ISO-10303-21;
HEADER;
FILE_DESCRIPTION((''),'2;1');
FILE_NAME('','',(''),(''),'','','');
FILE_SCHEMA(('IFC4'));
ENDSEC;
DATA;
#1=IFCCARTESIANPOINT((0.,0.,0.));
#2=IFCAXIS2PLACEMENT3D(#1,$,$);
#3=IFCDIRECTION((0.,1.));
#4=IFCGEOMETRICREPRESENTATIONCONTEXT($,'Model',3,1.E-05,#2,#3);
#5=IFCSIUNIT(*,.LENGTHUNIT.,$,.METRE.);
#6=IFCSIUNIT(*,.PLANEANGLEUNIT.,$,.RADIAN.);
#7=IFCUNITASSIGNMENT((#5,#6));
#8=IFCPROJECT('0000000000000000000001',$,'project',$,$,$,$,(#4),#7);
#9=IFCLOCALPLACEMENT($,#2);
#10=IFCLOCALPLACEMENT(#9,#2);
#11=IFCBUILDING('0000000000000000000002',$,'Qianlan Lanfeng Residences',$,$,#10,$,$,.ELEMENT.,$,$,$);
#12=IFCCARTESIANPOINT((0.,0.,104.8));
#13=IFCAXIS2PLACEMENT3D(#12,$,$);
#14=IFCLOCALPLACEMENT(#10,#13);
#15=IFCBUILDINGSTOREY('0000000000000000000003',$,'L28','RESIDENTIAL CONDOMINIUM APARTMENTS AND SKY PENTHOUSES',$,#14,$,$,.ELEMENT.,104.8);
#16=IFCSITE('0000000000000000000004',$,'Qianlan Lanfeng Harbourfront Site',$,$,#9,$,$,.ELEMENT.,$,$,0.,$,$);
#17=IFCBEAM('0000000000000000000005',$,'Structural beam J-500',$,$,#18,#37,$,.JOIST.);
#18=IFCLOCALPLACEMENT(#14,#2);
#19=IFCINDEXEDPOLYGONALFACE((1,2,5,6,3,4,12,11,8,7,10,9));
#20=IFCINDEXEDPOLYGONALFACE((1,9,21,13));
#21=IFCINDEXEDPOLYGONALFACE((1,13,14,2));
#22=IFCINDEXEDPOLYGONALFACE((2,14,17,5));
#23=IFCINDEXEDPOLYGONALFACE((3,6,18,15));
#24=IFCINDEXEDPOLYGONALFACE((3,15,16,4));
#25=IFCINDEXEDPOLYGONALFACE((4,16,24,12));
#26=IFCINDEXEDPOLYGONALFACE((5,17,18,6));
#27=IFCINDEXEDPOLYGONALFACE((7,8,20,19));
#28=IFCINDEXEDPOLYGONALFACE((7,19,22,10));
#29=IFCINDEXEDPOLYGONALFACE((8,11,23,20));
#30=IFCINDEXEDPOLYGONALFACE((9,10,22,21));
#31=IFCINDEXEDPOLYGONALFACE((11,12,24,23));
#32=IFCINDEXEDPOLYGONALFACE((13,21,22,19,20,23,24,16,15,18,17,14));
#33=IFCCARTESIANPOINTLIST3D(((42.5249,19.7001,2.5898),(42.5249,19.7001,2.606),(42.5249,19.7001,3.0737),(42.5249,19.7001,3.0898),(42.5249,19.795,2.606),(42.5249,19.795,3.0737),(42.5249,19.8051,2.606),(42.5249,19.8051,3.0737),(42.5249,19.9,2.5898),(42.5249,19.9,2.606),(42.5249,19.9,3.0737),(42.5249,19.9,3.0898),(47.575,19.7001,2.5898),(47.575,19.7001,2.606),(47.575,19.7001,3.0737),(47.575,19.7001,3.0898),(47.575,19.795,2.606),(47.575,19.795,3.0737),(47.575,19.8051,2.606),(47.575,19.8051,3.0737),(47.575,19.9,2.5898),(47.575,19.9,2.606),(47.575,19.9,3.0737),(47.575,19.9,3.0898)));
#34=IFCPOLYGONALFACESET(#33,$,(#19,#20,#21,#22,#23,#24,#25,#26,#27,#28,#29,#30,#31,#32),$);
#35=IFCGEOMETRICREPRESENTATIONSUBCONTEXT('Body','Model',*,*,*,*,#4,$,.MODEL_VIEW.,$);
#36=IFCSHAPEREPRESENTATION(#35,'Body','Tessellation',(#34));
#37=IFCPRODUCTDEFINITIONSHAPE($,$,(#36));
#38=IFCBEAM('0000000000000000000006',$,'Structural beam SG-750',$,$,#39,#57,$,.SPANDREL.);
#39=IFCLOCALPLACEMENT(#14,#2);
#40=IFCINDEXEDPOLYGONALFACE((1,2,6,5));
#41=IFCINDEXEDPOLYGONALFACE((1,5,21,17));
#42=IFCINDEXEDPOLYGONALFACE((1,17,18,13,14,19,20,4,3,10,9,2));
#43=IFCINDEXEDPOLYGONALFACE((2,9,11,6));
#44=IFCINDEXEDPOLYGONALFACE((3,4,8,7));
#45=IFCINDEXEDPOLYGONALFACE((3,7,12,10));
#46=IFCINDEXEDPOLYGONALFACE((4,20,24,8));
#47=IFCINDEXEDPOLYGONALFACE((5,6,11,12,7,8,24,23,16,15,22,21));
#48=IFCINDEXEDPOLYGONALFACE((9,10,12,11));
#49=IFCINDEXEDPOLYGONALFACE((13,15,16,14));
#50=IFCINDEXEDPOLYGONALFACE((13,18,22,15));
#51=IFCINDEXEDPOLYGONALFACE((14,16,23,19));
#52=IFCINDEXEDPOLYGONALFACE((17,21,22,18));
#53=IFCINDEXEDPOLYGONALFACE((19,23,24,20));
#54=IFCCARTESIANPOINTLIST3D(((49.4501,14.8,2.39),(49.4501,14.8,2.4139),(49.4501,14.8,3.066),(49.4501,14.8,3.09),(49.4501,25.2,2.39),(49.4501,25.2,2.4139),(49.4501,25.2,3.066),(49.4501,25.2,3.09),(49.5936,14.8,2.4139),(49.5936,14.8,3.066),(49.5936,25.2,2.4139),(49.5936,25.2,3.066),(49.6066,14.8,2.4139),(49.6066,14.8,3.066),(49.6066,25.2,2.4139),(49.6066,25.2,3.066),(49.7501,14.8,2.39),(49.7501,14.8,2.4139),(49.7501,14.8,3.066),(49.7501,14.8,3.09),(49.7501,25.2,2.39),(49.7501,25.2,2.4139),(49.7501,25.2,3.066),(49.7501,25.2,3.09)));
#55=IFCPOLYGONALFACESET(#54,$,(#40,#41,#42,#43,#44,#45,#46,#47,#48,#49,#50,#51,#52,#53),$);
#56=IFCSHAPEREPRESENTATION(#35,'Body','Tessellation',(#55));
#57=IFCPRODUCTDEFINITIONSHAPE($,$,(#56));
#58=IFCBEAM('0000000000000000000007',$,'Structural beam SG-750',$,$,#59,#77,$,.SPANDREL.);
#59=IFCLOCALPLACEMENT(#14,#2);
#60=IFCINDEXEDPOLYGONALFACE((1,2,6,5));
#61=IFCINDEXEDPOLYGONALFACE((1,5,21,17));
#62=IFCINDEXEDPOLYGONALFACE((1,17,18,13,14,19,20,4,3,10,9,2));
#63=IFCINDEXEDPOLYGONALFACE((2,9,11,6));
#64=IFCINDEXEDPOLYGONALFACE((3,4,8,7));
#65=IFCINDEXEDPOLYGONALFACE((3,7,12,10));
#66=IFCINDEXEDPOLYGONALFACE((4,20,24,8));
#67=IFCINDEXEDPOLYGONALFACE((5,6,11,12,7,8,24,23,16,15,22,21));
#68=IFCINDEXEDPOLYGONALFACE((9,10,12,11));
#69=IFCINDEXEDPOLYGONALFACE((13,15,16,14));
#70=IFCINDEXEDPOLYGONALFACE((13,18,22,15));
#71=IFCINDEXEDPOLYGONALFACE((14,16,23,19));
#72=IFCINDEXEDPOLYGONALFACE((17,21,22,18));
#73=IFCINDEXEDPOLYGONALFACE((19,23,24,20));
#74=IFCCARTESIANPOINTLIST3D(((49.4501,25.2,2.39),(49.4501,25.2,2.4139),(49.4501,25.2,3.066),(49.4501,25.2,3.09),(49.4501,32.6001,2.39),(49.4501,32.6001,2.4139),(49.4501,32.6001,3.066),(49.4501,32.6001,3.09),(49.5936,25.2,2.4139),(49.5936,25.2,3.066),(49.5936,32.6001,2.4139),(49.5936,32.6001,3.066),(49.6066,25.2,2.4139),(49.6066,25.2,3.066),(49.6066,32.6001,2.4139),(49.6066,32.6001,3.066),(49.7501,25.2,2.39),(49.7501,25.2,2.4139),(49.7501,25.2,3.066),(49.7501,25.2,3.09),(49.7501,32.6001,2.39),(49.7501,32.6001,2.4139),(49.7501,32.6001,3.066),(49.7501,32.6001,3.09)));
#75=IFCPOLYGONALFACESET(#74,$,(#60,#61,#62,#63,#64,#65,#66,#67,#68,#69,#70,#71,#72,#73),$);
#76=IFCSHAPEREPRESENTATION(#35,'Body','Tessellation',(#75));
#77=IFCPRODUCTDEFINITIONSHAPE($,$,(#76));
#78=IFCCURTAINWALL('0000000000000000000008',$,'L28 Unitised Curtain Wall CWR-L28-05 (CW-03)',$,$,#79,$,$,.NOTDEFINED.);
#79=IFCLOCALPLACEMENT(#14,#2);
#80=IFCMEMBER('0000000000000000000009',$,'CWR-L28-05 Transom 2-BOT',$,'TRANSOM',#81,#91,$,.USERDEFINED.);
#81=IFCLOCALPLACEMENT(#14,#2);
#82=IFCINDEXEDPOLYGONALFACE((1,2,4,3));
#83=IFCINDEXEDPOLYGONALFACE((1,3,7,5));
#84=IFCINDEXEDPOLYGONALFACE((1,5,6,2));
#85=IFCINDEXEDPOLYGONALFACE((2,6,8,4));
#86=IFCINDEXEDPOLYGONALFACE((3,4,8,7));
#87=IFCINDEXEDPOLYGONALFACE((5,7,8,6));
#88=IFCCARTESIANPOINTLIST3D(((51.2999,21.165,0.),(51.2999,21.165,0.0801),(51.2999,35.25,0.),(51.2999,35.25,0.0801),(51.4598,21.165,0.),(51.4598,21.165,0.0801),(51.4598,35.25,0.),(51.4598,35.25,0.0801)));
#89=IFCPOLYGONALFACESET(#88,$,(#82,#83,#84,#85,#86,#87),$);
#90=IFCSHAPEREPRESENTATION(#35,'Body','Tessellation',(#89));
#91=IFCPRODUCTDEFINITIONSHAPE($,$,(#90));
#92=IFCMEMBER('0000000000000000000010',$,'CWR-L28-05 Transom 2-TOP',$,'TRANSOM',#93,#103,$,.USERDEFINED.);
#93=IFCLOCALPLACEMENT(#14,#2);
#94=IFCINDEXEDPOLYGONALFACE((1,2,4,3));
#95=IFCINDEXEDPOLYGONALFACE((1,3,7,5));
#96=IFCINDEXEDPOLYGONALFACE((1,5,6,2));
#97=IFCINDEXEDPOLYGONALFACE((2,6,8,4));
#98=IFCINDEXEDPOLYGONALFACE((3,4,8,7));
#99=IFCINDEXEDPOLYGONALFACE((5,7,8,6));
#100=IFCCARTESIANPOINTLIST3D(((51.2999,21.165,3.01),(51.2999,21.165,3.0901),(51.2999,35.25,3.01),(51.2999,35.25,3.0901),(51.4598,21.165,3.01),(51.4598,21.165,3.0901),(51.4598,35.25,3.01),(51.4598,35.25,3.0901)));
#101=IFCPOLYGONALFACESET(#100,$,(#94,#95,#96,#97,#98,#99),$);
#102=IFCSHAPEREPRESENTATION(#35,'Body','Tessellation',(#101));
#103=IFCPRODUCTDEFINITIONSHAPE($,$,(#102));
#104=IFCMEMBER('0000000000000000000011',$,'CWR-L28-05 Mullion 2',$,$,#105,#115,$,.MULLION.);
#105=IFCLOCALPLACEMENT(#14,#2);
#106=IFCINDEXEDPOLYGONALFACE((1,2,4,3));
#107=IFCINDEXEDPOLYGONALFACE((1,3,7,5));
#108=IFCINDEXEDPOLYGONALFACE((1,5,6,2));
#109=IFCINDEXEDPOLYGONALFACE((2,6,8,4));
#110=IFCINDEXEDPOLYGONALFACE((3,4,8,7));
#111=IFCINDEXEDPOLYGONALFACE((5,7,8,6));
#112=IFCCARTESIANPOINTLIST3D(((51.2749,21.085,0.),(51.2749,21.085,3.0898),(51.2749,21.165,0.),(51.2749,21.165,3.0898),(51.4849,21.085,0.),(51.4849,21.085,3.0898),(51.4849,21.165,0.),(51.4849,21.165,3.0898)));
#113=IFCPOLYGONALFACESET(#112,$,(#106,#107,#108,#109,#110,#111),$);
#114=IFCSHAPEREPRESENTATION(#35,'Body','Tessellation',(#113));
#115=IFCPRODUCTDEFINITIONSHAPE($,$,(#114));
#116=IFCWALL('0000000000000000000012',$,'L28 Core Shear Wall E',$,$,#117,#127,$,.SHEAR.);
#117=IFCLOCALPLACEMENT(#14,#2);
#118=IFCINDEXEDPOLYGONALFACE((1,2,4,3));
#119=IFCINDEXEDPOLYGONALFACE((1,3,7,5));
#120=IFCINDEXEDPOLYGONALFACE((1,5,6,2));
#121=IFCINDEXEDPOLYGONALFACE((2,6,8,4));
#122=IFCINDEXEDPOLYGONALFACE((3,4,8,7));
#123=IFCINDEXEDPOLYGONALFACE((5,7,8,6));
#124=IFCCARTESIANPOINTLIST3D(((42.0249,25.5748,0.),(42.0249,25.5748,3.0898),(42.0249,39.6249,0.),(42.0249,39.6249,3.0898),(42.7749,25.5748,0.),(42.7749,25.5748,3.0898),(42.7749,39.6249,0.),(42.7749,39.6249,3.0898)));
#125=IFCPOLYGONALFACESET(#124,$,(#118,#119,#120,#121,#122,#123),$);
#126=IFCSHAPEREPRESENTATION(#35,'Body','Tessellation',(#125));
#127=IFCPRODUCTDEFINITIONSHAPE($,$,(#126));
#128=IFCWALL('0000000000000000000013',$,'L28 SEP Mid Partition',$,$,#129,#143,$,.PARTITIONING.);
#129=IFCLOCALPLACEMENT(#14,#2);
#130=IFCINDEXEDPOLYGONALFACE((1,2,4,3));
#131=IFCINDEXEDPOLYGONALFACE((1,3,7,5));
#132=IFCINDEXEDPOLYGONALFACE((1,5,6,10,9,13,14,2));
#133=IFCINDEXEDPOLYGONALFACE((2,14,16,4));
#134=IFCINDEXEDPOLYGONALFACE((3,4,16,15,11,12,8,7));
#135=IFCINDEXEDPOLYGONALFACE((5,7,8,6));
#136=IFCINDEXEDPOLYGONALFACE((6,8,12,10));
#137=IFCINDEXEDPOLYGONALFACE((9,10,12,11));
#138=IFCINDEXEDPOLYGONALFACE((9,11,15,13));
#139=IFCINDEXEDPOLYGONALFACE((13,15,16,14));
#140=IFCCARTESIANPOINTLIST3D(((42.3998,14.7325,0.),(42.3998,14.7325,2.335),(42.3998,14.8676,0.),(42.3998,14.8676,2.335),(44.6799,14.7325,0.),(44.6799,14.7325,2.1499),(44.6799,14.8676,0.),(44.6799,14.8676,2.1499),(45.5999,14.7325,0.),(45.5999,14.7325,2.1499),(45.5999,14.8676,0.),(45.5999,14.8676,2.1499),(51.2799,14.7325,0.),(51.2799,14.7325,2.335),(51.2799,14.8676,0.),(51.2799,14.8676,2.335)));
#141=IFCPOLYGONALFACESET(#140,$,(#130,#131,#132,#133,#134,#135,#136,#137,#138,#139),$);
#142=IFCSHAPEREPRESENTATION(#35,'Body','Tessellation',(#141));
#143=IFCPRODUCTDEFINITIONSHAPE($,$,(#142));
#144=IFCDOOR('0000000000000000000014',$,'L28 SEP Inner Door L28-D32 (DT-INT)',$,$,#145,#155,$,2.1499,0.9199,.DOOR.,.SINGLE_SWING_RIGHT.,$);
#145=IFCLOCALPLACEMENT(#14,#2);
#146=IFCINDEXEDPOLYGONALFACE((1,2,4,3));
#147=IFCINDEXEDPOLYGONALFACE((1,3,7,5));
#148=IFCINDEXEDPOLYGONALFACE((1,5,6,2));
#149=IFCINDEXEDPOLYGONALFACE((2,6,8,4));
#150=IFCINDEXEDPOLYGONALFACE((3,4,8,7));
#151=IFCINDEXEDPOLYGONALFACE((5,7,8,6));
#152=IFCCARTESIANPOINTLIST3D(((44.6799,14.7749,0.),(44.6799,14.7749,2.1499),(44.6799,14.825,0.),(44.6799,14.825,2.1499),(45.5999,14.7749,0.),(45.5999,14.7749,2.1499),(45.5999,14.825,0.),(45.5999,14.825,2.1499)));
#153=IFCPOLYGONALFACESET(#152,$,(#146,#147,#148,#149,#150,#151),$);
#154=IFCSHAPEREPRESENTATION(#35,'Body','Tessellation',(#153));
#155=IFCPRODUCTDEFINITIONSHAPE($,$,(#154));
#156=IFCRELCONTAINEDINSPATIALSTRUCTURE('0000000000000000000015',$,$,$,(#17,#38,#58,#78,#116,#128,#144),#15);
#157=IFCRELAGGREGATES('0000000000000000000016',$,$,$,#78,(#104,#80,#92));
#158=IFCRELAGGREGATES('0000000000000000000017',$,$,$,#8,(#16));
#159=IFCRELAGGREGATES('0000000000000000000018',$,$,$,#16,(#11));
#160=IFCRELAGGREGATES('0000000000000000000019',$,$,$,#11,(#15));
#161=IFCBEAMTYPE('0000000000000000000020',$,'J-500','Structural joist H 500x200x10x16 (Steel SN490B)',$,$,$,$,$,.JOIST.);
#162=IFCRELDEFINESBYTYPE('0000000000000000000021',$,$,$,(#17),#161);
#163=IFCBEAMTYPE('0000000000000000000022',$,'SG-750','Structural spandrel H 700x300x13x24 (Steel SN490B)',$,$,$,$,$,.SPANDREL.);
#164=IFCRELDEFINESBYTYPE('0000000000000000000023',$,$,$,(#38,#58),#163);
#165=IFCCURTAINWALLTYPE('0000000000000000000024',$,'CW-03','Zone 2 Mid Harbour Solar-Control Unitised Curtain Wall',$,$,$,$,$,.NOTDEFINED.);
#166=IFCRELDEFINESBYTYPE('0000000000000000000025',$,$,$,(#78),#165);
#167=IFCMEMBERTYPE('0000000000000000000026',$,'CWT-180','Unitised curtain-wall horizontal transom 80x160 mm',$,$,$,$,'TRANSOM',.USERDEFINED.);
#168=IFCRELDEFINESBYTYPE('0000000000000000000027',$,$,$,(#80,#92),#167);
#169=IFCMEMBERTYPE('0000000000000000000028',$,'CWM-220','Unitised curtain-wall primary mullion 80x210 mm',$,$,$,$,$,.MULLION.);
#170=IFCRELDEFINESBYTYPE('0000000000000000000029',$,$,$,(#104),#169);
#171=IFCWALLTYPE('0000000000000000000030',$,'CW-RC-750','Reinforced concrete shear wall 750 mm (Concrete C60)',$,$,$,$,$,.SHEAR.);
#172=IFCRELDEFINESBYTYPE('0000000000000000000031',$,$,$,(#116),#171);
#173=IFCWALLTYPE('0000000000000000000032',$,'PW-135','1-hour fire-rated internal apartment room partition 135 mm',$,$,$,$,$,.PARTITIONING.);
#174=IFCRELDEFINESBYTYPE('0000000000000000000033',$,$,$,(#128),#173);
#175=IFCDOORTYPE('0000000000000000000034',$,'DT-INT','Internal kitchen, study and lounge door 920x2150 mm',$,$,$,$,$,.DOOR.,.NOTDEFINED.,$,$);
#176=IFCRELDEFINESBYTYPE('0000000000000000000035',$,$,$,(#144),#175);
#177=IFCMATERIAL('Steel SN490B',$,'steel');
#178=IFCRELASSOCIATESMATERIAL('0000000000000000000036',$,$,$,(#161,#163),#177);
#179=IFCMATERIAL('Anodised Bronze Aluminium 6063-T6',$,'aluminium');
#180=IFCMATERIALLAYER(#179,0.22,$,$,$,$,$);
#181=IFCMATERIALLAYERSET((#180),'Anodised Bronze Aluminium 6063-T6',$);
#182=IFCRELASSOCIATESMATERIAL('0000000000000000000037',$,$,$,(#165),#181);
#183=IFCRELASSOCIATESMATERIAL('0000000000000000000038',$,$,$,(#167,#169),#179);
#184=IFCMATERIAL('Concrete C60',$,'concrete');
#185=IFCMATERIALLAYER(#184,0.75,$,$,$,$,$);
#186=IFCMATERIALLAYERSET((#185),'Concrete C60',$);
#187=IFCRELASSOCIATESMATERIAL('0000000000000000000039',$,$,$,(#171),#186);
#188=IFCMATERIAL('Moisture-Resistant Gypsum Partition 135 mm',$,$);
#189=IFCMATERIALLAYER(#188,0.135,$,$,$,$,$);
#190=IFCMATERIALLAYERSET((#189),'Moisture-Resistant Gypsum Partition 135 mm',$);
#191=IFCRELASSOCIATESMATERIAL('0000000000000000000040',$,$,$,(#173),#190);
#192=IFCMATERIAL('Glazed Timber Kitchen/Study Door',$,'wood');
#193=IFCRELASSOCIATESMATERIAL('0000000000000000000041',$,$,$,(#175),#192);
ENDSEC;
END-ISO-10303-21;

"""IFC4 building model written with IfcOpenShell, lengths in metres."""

from ifc_helpers import new_model, si_unit, direction, frame, frame_2d, origin, origin_2d, place, context, subcontext, project, spatial, rectangle, i_section, extrude, source, transform, mapped, material, layer, layer_set, material_profile, profile_set, type_object, element, fill, aggregate, save


model = new_model("IFC4")

# Units and contexts
model_context = context("Model", 3, precision=1e-05, world=origin(), true_north=direction((0.0, 1.0)))
body_context = subcontext(model_context, "Body", "Model", "MODEL_VIEW")
ifc_project = project(units=[si_unit("LENGTHUNIT", "METRE"), si_unit("PLANEANGLEUNIT", "RADIAN")], contexts=[model_context])

# Site, building, storey
site_placement = place(None, origin())
site = spatial("IfcSite", under=ifc_project, at=site_placement, Name="Qianlan Lanfeng Harbourfront Site", CompositionType="ELEMENT", RefElevation=0.0)
building_placement = place(site_placement, origin())
building = spatial("IfcBuilding", under=site, at=building_placement, Name="Qianlan Lanfeng Residences", CompositionType="ELEMENT")
storey_placement = place(building_placement, frame((0.0, 0.0, 104.8)))
storey = spatial("IfcBuildingStorey", under=building, at=storey_placement, Name="L28", Description="RESIDENTIAL CONDOMINIUM APARTMENTS AND SKY PENTHOUSES", CompositionType="ELEMENT", Elevation=104.8)

# Shared definitions
ifc_material_1 = material(Name="Steel SN490B", Category="steel")

# Beams
ifc_material_profile_1 = material_profile(ifc_material_1, i_section(OverallWidth=0.2, OverallDepth=0.5, WebThickness=0.01, FlangeThickness=0.0161, at=origin_2d()), Name="H 500x200x10x16")
ifc_profile_set_1 = profile_set([ifc_material_profile_1], Name="Steel SN490B")
beam_type_1 = type_object("IfcBeamType", Name="J-500", Description="Structural joist H 500x200x10x16 (Steel SN490B)", PredefinedType="JOIST", material=ifc_profile_set_1)
beam_1_placement = place(storey_placement, frame((42.5249, 19.8, 2.8398), z_axis=(1.0, 0.0, 0.0), x_axis=(0.0, 1.0, 0.0)))
element("IfcBeam", 1, at=beam_1_placement, inside=storey, type_object=beam_type_1, Name="Structural beam J-500", PredefinedType="JOIST", context=body_context, shape_type="SweptSolid", body=[
    extrude(i_section(OverallWidth=0.2, OverallDepth=0.5, WebThickness=0.01, FlangeThickness=0.0161, at=origin_2d()), origin(), (0.0, 0.0, 1.0), 5.05),
])
ifc_material_profile_2 = material_profile(ifc_material_1, i_section(OverallWidth=0.3, OverallDepth=0.7, WebThickness=0.0129, FlangeThickness=0.0239, at=origin_2d()), Name="H 700x300x13x24")
ifc_profile_set_2 = profile_set([ifc_material_profile_2], Name="Steel SN490B")
beam_type_2 = type_object("IfcBeamType", Name="SG-750", Description="Structural spandrel H 700x300x13x24 (Steel SN490B)", PredefinedType="SPANDREL", material=ifc_profile_set_2)
beam_2_placement = place(storey_placement, frame((49.6001, 14.8, 2.74), z_axis=(0.0, 1.0, 0.0), x_axis=(-1.0, 0.0, 0.0)))
element("IfcBeam", 2, at=beam_2_placement, inside=storey, type_object=beam_type_2, Name="Structural beam SG-750", PredefinedType="SPANDREL", context=body_context, shape_type="SweptSolid", body=[
    extrude(i_section(OverallWidth=0.3, OverallDepth=0.7, WebThickness=0.0129, FlangeThickness=0.0239, at=origin_2d()), origin(), (0.0, 0.0, 1.0), 10.3999),
])
beam_3_placement = place(storey_placement, frame((49.6001, 25.2, 2.74), z_axis=(0.0, 1.0, 0.0), x_axis=(-1.0, 0.0, 0.0)))
element("IfcBeam", 3, at=beam_3_placement, inside=storey, type_object=beam_type_2, Name="Structural beam SG-750", PredefinedType="SPANDREL", context=body_context, shape_type="SweptSolid", body=[
    extrude(i_section(OverallWidth=0.3, OverallDepth=0.7, WebThickness=0.0129, FlangeThickness=0.0239, at=origin_2d()), origin(), (0.0, 0.0, 1.0), 7.4001),
])

# Curtain wall, members
ifc_material_2 = material(Name="Anodised Bronze Aluminium 6063-T6", Category="aluminium")
ifc_layer_1 = layer(ifc_material_2, 0.22)
ifc_layer_set_1 = layer_set([ifc_layer_1], Name="Anodised Bronze Aluminium 6063-T6")
curtain_wall_type = type_object("IfcCurtainWallType", Name="CW-03", Description="Zone 2 Mid Harbour Solar-Control Unitised Curtain Wall", PredefinedType="NOTDEFINED", material=ifc_layer_set_1)
curtain_wall_placement = place(storey_placement, origin())
curtain_wall = element("IfcCurtainWall", 4, at=curtain_wall_placement, inside=storey, type_object=curtain_wall_type, Name="L28 Unitised Curtain Wall CWR-L28-05 (CW-03)", PredefinedType="NOTDEFINED")
ifc_material_profile_3 = material_profile(ifc_material_2, rectangle(XDim=0.0801, YDim=0.1599, at=origin_2d()), Name="ALU TRANSOM 80x160")
ifc_profile_set_3 = profile_set([ifc_material_profile_3], Name="Anodised Bronze Aluminium 6063-T6")
member_type_1 = type_object("IfcMemberType", Name="CWT-180", Description="Unitised curtain-wall horizontal transom 80x160 mm", ElementType="TRANSOM", PredefinedType="USERDEFINED", material=ifc_profile_set_3)
shared_shape_1 = source(origin(), body_context, "Body", "SweptSolid", [
    extrude(rectangle(XDim=0.0801, YDim=0.1599, at=origin_2d()), origin(), (0.0, 0.0, 1.0), 14.085),
])
member_1_placement = place(storey_placement, frame((51.3799, 21.165, 0.04), z_axis=(0.0, 1.0, 0.0), x_axis=(0.0, 0.0, 1.0)))
member_1 = element("IfcMember", 5, at=member_1_placement, type_object=member_type_1, Name="CWR-L28-05 Transom 2-BOT", ObjectType="TRANSOM", PredefinedType="USERDEFINED", context=body_context, shape_type="MappedRepresentation", body=[
    mapped(shared_shape_1, transform((0.0, 0.0, 0.0), scale=1.0)),
])
member_2_placement = place(storey_placement, frame((51.3799, 21.165, 3.05), z_axis=(0.0, 1.0, 0.0), x_axis=(0.0, 0.0, 1.0)))
member_2 = element("IfcMember", 6, at=member_2_placement, type_object=member_type_1, Name="CWR-L28-05 Transom 2-TOP", ObjectType="TRANSOM", PredefinedType="USERDEFINED", context=body_context, shape_type="MappedRepresentation", body=[
    mapped(shared_shape_1, transform((0.0, 0.0, 0.0), scale=1.0)),
])
ifc_material_profile_4 = material_profile(ifc_material_2, rectangle(XDim=0.0801, YDim=0.21, at=origin_2d()), Name="ALU MULLION 80x210")
ifc_profile_set_4 = profile_set([ifc_material_profile_4], Name="Anodised Bronze Aluminium 6063-T6")
member_type_2 = type_object("IfcMemberType", Name="CWM-220", Description="Unitised curtain-wall primary mullion 80x210 mm", PredefinedType="MULLION", material=ifc_profile_set_4)
shared_shape_2 = source(origin(), body_context, "Body", "SweptSolid", [
    extrude(rectangle(XDim=0.0801, YDim=0.21, at=origin_2d()), origin(), (0.0, 0.0, 1.0), 3.0898),
])
member_3_placement = place(storey_placement, frame((51.3799, 21.125, 0.0), z_axis=(0.0, 0.0, 1.0), x_axis=(0.0, 1.0, 0.0)))
member_3 = element("IfcMember", 7, at=member_3_placement, type_object=member_type_2, Name="CWR-L28-05 Mullion 2", PredefinedType="MULLION", context=body_context, shape_type="MappedRepresentation", body=[
    mapped(shared_shape_2, transform((0.0, 0.0, 0.0), scale=1.0)),
])
aggregate(curtain_wall, [member_3, member_1, member_2])

# Wall
ifc_material_3 = material(Name="Concrete C60", Category="concrete")
ifc_layer_2 = layer(ifc_material_3, 0.75)
ifc_layer_set_2 = layer_set([ifc_layer_2], Name="Concrete C60")
wall_type_1 = type_object("IfcWallType", Name="CW-RC-750", Description="Reinforced concrete shear wall 750 mm (Concrete C60)", PredefinedType="SHEAR", material=ifc_layer_set_2)
wall_1_placement = place(storey_placement, frame((42.3999, 25.575, 0.0), z_axis=(0.0, 0.0, 1.0), x_axis=(0.0, 1.0, 0.0)))
element("IfcWall", 8, at=wall_1_placement, inside=storey, type_object=wall_type_1, Name="L28 Core Shear Wall E", PredefinedType="SHEAR", context=body_context, shape_type="SweptSolid", body=[
    extrude(rectangle(XDim=14.05, YDim=0.75, at=frame_2d((7.0249, 0.0))), origin(), (0.0, 0.0, 1.0), 3.0898),
])

# Wall, opening, door
ifc_material_4 = material(Name="Moisture-Resistant Gypsum Partition 135 mm")
ifc_layer_3 = layer(ifc_material_4, 0.135)
ifc_layer_set_3 = layer_set([ifc_layer_3], Name="Moisture-Resistant Gypsum Partition 135 mm")
wall_type_2 = type_object("IfcWallType", Name="PW-135", Description="1-hour fire-rated internal apartment room partition 135 mm", PredefinedType="PARTITIONING", material=ifc_layer_set_3)
wall_2_placement = place(storey_placement, frame((42.3999, 14.8, 0.0), z_axis=(0.0, 0.0, 1.0), x_axis=(1.0, 0.0, 0.0)))
wall_2 = element("IfcWall", 9, at=wall_2_placement, inside=storey, type_object=wall_type_2, Name="L28 SEP Mid Partition", PredefinedType="PARTITIONING", context=body_context, shape_type="SweptSolid", body=[
    extrude(rectangle(XDim=8.8801, YDim=0.135, at=frame_2d((4.4399, 0.0))), origin(), (0.0, 0.0, 1.0), 2.335),
])
opening_1_placement = place(wall_2_placement, frame((2.28, 0.0, 0.0)))
opening_1 = element("IfcOpeningElement", 10, at=opening_1_placement, cuts=wall_2, PredefinedType="OPENING", context=body_context, shape_type="SweptSolid", body=[
    extrude(rectangle(XDim=0.9199, YDim=2.1499, at=frame_2d((0.46, 1.075))), frame((0.0, 0.0776, 0.0), z_axis=(0.0, -1.0, 0.0), x_axis=(1.0, 0.0, 0.0)), (0.0, 0.0, 1.0), 0.155),
])
ifc_material_5 = material(Name="Glazed Timber Kitchen/Study Door", Category="wood")
door_type = type_object("IfcDoorType", Name="DT-INT", Description="Internal kitchen, study and lounge door 920x2150 mm", OperationType="NOTDEFINED", PredefinedType="DOOR", material=ifc_material_5)
door_1_placement = place(opening_1_placement, origin())
door_1 = element("IfcDoor", 11, at=door_1_placement, inside=storey, type_object=door_type, Name="L28 SEP Inner Door L28-D32 (DT-INT)", OperationType="SINGLE_SWING_RIGHT", OverallHeight=2.1499, OverallWidth=0.9199, PredefinedType="DOOR", context=body_context, shape_type="SweptSolid", body=[
    extrude(rectangle(XDim=0.9199, YDim=2.1499, at=frame_2d((0.46, 1.075))), frame((0.0, 0.0249, 0.0), z_axis=(0.0, -1.0, 0.0), x_axis=(1.0, 0.0, 0.0)), (0.0, 0.0, 1.0), 0.05),
])
fill(opening_1, door_1)

save(model, "model.ifc")
